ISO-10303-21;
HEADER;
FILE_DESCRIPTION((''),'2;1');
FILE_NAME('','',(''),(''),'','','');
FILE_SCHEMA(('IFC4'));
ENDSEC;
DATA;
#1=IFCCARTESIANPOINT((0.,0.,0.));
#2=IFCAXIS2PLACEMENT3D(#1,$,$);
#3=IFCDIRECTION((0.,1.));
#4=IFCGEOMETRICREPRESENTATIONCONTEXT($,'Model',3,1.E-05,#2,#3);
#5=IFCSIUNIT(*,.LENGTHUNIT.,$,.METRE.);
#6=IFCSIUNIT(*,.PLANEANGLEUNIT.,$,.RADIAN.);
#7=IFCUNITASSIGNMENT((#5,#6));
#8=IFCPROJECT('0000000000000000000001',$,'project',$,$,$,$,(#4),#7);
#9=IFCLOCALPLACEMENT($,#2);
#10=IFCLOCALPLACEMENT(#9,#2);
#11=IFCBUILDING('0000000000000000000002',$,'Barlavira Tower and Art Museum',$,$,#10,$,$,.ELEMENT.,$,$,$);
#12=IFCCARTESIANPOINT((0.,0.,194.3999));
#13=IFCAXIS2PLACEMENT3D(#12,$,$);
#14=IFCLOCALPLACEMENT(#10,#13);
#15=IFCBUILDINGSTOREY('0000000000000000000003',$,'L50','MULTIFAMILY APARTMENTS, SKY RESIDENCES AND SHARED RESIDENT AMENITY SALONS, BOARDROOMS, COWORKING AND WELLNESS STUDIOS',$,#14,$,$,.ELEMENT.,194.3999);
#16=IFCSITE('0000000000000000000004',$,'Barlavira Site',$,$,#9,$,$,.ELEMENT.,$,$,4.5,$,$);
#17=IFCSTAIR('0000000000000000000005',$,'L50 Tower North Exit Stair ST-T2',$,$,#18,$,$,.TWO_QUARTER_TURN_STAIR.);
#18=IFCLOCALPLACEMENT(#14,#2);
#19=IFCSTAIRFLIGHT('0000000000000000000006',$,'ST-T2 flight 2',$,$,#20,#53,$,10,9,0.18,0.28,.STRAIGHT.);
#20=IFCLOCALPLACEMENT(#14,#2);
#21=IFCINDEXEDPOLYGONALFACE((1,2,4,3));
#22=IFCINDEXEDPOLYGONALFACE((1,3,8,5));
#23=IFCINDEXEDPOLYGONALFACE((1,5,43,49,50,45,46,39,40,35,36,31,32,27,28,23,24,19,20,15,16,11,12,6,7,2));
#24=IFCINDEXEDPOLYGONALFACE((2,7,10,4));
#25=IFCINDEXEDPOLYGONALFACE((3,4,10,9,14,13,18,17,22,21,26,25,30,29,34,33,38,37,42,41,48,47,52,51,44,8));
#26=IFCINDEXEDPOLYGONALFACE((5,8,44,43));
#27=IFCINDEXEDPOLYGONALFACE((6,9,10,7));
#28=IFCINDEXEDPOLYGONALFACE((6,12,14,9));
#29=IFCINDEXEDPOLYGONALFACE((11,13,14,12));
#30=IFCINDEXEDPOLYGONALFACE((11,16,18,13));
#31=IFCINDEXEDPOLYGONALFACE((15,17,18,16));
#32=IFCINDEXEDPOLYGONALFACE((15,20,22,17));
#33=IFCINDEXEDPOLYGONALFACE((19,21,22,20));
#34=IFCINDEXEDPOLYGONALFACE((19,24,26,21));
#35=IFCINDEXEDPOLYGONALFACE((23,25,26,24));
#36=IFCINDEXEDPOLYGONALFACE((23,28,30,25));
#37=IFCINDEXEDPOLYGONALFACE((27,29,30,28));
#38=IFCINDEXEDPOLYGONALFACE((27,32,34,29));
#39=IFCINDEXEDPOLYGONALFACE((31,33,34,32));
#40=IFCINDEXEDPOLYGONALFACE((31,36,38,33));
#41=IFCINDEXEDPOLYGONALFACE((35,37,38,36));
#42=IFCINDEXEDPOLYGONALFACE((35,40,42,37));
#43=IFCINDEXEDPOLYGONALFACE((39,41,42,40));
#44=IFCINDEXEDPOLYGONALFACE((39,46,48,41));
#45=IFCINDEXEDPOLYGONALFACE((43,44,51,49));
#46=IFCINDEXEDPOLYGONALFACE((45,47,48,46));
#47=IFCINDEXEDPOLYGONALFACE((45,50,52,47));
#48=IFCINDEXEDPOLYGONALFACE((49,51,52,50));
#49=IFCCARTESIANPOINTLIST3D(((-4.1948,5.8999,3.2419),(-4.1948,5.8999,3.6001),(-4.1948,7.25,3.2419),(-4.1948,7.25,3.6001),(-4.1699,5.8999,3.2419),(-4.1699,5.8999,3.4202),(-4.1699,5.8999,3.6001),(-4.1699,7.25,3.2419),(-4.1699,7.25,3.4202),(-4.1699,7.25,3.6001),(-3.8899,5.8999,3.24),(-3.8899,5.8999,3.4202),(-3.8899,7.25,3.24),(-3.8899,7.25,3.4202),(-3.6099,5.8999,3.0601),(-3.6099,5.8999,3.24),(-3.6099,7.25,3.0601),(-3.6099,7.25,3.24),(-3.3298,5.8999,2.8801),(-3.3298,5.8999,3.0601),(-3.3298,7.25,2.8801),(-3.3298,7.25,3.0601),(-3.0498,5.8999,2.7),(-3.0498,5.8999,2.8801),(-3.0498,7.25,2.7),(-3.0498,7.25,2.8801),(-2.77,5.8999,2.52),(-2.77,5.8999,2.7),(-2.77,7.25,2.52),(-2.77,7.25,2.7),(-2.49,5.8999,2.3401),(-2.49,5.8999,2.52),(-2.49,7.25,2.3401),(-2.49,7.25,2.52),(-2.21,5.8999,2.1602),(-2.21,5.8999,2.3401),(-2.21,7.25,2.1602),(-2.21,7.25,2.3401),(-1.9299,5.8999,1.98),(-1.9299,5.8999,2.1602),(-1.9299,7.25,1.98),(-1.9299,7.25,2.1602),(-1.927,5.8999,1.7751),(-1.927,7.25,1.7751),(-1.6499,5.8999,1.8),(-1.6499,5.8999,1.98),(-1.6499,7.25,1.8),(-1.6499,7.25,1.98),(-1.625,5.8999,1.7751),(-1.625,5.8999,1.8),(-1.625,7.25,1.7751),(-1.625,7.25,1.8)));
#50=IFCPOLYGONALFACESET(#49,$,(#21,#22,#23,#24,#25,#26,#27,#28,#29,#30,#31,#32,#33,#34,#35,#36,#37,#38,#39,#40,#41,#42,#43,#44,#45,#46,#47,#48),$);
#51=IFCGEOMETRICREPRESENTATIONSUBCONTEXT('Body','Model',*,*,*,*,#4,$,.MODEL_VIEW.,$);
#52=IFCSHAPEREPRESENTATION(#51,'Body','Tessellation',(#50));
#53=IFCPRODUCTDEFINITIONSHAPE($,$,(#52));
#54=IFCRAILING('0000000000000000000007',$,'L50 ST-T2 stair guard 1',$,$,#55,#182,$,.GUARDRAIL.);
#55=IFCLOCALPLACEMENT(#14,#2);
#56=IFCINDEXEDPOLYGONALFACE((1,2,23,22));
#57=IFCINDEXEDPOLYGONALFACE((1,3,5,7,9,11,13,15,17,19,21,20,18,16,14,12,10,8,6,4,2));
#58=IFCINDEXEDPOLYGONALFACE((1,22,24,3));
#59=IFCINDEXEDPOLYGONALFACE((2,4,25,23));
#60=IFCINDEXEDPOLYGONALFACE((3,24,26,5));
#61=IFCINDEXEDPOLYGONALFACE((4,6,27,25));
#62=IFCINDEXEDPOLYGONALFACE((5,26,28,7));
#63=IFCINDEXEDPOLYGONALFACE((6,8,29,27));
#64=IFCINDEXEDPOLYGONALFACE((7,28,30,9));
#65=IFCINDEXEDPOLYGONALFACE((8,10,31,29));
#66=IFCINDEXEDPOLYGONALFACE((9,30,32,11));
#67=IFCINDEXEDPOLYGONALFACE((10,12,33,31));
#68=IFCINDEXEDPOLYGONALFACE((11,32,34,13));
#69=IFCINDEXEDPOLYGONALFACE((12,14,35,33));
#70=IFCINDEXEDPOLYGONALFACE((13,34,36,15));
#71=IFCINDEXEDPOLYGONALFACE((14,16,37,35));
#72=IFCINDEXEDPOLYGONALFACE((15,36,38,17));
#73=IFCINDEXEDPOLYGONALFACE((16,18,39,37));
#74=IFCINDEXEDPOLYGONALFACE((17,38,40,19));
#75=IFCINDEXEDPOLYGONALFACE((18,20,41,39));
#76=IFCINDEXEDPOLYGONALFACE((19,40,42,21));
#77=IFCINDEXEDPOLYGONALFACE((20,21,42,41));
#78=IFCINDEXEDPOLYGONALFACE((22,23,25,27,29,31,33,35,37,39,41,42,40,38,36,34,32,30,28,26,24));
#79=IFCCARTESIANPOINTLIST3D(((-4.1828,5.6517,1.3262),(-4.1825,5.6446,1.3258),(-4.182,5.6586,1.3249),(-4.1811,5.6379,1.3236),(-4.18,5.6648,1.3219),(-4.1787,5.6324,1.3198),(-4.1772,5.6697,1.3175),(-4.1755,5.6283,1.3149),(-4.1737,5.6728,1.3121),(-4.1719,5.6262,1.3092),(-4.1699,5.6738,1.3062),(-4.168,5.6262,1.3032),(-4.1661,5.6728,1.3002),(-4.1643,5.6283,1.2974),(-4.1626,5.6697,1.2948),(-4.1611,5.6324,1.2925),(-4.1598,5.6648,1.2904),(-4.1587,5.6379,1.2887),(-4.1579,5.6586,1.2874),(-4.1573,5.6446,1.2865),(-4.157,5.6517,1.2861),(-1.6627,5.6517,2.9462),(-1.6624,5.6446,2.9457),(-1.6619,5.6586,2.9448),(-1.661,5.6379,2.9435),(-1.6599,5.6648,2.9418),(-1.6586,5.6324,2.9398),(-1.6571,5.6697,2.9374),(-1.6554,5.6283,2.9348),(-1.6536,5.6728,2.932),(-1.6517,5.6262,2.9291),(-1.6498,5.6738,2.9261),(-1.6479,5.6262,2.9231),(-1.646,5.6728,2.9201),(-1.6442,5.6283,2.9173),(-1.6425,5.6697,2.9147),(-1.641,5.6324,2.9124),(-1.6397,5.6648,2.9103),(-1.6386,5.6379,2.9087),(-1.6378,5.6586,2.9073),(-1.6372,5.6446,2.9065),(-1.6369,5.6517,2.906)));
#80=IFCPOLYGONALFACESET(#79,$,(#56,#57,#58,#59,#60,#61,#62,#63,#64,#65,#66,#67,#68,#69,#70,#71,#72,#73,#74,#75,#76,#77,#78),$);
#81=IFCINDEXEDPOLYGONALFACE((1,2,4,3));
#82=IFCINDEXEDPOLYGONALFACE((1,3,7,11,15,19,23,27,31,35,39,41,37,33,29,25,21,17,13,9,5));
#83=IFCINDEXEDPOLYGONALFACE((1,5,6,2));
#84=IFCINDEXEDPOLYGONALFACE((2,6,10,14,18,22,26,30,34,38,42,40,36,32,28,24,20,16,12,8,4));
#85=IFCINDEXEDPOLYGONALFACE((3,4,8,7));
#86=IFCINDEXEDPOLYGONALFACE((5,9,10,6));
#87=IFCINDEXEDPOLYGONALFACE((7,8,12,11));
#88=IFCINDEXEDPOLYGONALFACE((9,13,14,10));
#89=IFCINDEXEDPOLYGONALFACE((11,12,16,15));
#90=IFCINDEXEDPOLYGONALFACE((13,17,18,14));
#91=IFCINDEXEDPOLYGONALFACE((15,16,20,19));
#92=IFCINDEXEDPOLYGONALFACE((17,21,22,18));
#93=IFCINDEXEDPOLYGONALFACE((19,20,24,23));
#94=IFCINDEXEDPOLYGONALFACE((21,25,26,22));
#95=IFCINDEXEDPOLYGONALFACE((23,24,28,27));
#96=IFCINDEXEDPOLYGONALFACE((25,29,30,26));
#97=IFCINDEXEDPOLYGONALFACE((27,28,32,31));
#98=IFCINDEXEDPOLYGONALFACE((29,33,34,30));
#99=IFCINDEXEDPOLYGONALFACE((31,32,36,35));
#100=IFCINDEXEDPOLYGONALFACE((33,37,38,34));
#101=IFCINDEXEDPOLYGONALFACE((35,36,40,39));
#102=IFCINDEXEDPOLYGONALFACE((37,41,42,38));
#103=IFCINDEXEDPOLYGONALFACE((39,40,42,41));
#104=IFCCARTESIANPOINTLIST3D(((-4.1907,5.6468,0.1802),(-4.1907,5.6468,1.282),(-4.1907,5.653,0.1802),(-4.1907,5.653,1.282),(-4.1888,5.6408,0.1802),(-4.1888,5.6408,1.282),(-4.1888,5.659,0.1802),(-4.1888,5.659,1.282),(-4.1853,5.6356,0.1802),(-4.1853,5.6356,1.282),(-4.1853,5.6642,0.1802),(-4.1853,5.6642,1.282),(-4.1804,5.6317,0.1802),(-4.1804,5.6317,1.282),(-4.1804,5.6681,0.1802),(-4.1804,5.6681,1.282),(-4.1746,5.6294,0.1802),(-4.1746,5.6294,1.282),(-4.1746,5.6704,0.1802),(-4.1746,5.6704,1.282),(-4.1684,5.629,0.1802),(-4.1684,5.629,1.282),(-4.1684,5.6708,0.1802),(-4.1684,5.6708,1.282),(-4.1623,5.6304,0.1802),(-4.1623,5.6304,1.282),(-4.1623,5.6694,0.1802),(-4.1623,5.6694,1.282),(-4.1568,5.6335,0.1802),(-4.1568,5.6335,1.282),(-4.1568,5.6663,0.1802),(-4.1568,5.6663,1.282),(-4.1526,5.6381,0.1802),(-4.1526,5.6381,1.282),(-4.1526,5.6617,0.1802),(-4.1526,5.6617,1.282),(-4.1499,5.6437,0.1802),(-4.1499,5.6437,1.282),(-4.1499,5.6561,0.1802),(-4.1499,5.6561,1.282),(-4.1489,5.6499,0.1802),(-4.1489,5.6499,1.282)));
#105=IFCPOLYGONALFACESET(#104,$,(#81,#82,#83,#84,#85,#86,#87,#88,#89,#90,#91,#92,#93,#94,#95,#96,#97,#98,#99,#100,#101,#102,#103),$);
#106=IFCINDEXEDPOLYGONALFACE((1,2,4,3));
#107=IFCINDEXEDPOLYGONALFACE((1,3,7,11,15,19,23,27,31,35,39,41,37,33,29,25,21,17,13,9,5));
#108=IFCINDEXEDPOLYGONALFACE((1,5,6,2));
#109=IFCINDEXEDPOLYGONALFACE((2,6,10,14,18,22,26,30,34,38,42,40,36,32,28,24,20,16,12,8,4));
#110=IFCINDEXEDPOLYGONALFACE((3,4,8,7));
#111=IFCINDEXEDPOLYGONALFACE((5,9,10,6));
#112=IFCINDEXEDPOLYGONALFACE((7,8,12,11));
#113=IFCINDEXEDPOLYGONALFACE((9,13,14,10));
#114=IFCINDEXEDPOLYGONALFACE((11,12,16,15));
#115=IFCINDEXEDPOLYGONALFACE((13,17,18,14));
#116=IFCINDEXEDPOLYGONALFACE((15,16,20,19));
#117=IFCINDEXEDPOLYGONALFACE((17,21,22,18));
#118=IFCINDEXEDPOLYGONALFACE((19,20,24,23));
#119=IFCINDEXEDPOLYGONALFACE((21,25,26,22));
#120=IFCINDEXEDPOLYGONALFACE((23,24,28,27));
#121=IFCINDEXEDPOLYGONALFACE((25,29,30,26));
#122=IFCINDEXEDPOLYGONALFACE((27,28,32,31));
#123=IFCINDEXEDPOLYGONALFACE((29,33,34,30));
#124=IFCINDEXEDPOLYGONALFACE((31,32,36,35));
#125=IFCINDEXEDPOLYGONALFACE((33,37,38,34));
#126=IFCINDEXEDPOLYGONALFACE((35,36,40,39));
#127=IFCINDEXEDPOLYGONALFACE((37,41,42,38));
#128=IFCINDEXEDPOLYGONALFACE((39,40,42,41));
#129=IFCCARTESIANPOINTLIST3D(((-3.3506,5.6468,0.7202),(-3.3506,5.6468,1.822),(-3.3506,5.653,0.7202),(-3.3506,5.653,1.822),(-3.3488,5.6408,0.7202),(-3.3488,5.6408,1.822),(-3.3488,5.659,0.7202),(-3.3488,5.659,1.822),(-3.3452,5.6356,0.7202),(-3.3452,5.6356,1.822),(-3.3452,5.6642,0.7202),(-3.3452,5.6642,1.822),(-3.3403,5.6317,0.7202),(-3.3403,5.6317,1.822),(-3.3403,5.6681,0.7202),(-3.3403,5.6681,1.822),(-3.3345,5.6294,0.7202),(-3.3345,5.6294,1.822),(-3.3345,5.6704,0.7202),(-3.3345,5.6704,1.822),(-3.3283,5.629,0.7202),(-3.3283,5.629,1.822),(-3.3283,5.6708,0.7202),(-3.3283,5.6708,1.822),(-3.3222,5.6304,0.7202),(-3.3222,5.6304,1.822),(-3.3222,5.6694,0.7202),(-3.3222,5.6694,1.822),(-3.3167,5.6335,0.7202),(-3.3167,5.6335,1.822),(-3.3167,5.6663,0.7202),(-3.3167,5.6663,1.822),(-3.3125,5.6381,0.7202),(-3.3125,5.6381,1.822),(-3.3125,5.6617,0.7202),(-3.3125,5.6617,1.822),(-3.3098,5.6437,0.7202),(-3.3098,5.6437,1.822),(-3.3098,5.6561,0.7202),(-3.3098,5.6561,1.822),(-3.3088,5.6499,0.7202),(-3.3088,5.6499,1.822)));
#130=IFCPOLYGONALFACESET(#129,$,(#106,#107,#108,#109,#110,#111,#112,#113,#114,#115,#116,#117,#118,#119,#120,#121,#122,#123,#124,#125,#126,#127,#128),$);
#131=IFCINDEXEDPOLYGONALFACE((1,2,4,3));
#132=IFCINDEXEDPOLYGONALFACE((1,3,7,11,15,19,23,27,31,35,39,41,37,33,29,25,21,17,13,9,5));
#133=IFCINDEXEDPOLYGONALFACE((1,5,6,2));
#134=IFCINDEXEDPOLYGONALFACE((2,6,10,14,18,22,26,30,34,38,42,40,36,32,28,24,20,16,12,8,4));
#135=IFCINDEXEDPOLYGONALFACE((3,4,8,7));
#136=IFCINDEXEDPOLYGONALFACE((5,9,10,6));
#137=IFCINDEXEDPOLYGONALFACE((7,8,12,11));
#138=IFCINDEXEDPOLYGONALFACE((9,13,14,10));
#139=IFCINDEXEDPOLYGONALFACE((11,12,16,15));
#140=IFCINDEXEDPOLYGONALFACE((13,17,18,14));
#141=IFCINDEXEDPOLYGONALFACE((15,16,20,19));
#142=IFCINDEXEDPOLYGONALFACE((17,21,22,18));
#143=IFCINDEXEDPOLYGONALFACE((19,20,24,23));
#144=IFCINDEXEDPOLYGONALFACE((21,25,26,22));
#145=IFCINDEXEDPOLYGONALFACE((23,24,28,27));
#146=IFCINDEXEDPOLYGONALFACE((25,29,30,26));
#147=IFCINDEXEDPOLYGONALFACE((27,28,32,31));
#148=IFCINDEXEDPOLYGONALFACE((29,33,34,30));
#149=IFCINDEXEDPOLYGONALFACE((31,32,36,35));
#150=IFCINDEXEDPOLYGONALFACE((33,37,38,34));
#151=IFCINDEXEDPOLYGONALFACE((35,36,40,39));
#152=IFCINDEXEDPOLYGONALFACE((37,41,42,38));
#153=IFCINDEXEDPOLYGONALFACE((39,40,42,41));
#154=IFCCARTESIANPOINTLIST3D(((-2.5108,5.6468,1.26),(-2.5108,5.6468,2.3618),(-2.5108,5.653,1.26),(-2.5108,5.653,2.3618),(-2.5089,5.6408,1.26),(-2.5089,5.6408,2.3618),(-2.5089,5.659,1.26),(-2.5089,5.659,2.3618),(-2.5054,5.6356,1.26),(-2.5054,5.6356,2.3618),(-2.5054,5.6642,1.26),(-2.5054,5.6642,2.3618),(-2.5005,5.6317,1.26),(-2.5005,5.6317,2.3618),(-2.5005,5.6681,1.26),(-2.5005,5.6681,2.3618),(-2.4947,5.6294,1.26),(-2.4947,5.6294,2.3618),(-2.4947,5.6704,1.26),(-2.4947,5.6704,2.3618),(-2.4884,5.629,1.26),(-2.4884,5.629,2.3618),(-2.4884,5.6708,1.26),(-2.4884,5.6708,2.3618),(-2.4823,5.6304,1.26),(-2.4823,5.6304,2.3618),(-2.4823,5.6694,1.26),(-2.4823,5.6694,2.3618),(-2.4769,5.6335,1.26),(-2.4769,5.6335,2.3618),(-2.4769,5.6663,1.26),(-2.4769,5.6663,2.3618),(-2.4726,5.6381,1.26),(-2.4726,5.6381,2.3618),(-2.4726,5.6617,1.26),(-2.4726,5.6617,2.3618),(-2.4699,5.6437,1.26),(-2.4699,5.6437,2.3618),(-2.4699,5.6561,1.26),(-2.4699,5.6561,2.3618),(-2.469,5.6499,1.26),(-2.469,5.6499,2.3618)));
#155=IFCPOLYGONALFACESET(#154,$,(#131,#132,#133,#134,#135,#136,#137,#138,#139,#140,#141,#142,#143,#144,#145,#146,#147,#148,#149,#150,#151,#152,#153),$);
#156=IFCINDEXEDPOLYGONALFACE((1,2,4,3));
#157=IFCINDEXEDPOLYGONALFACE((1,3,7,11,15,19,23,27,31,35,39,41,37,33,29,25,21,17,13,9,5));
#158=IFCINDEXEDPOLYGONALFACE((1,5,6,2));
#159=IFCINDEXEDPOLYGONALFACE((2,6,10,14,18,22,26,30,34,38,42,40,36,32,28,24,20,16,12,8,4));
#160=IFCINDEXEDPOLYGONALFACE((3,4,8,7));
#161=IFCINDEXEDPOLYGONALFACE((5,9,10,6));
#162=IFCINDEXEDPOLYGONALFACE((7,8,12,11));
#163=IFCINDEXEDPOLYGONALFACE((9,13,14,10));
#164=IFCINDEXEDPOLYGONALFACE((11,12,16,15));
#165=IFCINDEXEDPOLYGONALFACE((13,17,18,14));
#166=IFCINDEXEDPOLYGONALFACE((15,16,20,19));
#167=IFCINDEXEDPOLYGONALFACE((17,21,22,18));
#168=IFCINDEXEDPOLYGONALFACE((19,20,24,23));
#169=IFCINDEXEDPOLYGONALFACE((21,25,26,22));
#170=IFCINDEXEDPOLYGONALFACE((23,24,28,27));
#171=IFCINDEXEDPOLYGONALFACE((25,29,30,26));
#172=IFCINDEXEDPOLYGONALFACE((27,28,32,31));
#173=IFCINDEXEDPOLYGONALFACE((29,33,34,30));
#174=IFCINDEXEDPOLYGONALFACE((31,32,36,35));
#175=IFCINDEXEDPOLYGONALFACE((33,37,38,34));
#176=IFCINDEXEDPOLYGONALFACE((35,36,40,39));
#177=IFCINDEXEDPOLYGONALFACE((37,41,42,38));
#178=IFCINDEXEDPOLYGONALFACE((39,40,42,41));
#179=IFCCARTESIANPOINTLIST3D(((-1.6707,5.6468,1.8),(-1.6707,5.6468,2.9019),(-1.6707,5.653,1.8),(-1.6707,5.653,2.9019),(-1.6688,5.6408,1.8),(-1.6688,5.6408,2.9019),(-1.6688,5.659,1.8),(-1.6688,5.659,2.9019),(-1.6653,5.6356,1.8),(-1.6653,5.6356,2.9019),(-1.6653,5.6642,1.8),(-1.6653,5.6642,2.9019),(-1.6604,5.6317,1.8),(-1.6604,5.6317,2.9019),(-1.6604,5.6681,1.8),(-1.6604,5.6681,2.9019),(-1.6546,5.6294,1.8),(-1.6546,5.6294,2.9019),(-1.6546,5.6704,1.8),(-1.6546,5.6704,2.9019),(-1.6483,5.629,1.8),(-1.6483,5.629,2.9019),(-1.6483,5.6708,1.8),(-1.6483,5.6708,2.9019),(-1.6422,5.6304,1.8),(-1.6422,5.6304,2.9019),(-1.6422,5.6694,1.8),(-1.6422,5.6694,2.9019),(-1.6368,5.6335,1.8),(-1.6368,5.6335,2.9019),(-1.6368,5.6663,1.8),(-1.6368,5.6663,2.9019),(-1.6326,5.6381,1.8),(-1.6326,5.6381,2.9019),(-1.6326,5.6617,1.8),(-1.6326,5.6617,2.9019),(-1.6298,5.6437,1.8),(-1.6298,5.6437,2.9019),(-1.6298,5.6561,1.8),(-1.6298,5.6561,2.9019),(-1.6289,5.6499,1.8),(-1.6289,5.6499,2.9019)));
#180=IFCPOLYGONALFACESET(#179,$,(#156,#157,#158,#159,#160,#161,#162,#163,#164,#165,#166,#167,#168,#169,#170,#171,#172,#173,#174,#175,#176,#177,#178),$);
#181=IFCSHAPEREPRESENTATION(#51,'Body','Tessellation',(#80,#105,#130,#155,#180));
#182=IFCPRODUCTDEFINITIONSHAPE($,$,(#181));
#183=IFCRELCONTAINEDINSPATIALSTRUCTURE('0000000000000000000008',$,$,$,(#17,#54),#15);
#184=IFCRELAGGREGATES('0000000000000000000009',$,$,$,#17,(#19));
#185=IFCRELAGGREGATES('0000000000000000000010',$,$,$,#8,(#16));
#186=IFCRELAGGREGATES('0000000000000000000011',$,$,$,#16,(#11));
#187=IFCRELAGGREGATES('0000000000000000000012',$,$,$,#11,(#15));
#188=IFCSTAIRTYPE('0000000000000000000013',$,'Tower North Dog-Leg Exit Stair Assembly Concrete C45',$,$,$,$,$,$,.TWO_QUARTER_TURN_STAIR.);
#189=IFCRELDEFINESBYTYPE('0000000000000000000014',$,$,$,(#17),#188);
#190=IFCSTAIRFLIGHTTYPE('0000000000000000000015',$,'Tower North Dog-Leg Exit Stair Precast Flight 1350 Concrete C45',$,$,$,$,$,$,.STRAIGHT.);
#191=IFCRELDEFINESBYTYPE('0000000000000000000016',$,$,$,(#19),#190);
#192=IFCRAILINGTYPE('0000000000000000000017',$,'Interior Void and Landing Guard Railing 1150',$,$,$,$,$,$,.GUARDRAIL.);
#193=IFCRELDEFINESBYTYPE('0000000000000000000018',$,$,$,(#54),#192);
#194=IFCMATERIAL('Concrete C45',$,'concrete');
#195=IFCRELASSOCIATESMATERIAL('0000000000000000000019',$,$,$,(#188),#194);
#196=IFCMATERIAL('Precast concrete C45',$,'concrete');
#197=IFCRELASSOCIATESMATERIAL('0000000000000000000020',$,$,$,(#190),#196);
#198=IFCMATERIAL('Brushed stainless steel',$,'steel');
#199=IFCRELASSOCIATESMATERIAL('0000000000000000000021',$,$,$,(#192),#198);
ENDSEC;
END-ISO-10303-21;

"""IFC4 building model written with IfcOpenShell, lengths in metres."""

from ifc_helpers import new_model, si_unit, direction, frame, origin, origin_2d, place, context, subcontext, project, spatial, polyline, circle, outline, extrude, material, type_object, element, aggregate, save


model = new_model("IFC4")

# Units and contexts
model_context = context("Model", 3, precision=1e-05, world=origin(), true_north=direction((0.0, 1.0)))
body_context = subcontext(model_context, "Body", "Model", "MODEL_VIEW")
ifc_project = project(units=[si_unit("LENGTHUNIT", "METRE"), si_unit("PLANEANGLEUNIT", "RADIAN")], contexts=[model_context])

# Site, building, storey
site_placement = place(None, origin())
site = spatial("IfcSite", under=ifc_project, at=site_placement, Name="Barlavira Site", CompositionType="ELEMENT", RefElevation=4.5)
building_placement = place(site_placement, origin())
building = spatial("IfcBuilding", under=site, at=building_placement, Name="Barlavira Tower and Art Museum", CompositionType="ELEMENT")
storey_placement = place(building_placement, frame((0.0, 0.0, 194.3999)))
storey = spatial("IfcBuildingStorey", under=building, at=storey_placement, Name="L50", Description="MULTIFAMILY APARTMENTS, SKY RESIDENCES AND SHARED RESIDENT AMENITY SALONS, BOARDROOMS, COWORKING AND WELLNESS STUDIOS", CompositionType="ELEMENT", Elevation=194.3999)

# Shared definitions
ifc_material_1 = material(Name="Brushed stainless steel", Category="steel")

# Stair, stair flight
ifc_material_2 = material(Name="Concrete C45", Category="concrete")
stair_type = type_object("IfcStairType", Name="Tower North Dog-Leg Exit Stair Assembly Concrete C45", PredefinedType="TWO_QUARTER_TURN_STAIR", material=ifc_material_2)
stair_placement = place(storey_placement, origin())
stair = element("IfcStair", 1, at=stair_placement, inside=storey, type_object=stair_type, Name="L50 Tower North Exit Stair ST-T2", PredefinedType="TWO_QUARTER_TURN_STAIR")
ifc_material_3 = material(Name="Precast concrete C45", Category="concrete")
stair_flight_type = type_object("IfcStairFlightType", Name="Tower North Dog-Leg Exit Stair Precast Flight 1350 Concrete C45", PredefinedType="STRAIGHT", material=ifc_material_3)
stair_flight_1_placement = place(storey_placement, frame((-1.6499, 6.575, 1.8), z_axis=(0.0, 0.0, 1.0), x_axis=(-1.0, 0.0, 0.0)))
stair_flight_1 = element("IfcStairFlight", 2, at=stair_flight_1_placement, type_object=stair_flight_type, Name="ST-T2 flight 2", NumberOfRisers=10, NumberOfTreads=9, PredefinedType="STRAIGHT", RiserHeight=0.18, TreadLength=0.28, context=body_context, shape_type="SweptSolid", body=[
    extrude(outline(polyline([(-0.0249, 0.0), (0.0, 0.0), (0.0, 0.1799), (0.28, 0.1799), (0.28, 0.3601), (0.5601, 0.3601), (0.5601, 0.54), (0.8401, 0.54), (0.8401, 0.72), (1.1201, 0.72), (1.1201, 0.8999), (1.3999, 0.8999), (1.3999, 1.0801), (1.6799, 1.0801), (1.6799, 1.26), (1.96, 1.26), (1.96, 1.4399), (2.24, 1.4399), (2.24, 1.6201), (2.52, 1.6201), (2.52, 1.8), (2.5449, 1.8), (2.5449, 1.4419), (2.52, 1.4419), (0.2771, -0.0249), (-0.0249, -0.0249), (-0.0249, 0.0)])), frame((0.0, 0.675, 0.0), z_axis=(0.0, -1.0, 0.0), x_axis=(1.0, 0.0, 0.0)), (0.0, 0.0, 1.0), 1.3501),
])
aggregate(stair, [stair_flight_1])

# Railing
railing_type_1 = type_object("IfcRailingType", Name="Interior Void and Landing Guard Railing 1150", PredefinedType="GUARDRAIL", material=ifc_material_1)
railing_1_placement = place(storey_placement, frame((-4.1699, 5.6499, 0.1802)))
element("IfcRailing", 3, at=railing_1_placement, inside=storey, type_object=railing_type_1, Name="L50 ST-T2 stair guard 1", PredefinedType="GUARDRAIL", context=body_context, shape_type="SweptSolid", body=[
    extrude(circle(Radius=0.0239, at=origin_2d()), frame((0.0, 0.0, 1.126), z_axis=(0.8412, 0.0, 0.540725), x_axis=(0.0, 1.0, 0.0)), (0.0, 0.0, 1.0), 2.9958),
    extrude(circle(Radius=0.021, at=origin_2d()), origin(), (0.0, 0.0, 1.0), 1.1018),
    extrude(circle(Radius=0.021, at=origin_2d()), frame((0.8401, 0.0, 0.54)), (0.0, 0.0, 1.0), 1.1018),
    extrude(circle(Radius=0.021, at=origin_2d()), frame((1.6799, 0.0, 1.0798)), (0.0, 0.0, 1.0), 1.1018),
    extrude(circle(Radius=0.021, at=origin_2d()), frame((2.52, 0.0, 1.6199)), (0.0, 0.0, 1.0), 1.1018),
])

save(model, "model.ifc")
